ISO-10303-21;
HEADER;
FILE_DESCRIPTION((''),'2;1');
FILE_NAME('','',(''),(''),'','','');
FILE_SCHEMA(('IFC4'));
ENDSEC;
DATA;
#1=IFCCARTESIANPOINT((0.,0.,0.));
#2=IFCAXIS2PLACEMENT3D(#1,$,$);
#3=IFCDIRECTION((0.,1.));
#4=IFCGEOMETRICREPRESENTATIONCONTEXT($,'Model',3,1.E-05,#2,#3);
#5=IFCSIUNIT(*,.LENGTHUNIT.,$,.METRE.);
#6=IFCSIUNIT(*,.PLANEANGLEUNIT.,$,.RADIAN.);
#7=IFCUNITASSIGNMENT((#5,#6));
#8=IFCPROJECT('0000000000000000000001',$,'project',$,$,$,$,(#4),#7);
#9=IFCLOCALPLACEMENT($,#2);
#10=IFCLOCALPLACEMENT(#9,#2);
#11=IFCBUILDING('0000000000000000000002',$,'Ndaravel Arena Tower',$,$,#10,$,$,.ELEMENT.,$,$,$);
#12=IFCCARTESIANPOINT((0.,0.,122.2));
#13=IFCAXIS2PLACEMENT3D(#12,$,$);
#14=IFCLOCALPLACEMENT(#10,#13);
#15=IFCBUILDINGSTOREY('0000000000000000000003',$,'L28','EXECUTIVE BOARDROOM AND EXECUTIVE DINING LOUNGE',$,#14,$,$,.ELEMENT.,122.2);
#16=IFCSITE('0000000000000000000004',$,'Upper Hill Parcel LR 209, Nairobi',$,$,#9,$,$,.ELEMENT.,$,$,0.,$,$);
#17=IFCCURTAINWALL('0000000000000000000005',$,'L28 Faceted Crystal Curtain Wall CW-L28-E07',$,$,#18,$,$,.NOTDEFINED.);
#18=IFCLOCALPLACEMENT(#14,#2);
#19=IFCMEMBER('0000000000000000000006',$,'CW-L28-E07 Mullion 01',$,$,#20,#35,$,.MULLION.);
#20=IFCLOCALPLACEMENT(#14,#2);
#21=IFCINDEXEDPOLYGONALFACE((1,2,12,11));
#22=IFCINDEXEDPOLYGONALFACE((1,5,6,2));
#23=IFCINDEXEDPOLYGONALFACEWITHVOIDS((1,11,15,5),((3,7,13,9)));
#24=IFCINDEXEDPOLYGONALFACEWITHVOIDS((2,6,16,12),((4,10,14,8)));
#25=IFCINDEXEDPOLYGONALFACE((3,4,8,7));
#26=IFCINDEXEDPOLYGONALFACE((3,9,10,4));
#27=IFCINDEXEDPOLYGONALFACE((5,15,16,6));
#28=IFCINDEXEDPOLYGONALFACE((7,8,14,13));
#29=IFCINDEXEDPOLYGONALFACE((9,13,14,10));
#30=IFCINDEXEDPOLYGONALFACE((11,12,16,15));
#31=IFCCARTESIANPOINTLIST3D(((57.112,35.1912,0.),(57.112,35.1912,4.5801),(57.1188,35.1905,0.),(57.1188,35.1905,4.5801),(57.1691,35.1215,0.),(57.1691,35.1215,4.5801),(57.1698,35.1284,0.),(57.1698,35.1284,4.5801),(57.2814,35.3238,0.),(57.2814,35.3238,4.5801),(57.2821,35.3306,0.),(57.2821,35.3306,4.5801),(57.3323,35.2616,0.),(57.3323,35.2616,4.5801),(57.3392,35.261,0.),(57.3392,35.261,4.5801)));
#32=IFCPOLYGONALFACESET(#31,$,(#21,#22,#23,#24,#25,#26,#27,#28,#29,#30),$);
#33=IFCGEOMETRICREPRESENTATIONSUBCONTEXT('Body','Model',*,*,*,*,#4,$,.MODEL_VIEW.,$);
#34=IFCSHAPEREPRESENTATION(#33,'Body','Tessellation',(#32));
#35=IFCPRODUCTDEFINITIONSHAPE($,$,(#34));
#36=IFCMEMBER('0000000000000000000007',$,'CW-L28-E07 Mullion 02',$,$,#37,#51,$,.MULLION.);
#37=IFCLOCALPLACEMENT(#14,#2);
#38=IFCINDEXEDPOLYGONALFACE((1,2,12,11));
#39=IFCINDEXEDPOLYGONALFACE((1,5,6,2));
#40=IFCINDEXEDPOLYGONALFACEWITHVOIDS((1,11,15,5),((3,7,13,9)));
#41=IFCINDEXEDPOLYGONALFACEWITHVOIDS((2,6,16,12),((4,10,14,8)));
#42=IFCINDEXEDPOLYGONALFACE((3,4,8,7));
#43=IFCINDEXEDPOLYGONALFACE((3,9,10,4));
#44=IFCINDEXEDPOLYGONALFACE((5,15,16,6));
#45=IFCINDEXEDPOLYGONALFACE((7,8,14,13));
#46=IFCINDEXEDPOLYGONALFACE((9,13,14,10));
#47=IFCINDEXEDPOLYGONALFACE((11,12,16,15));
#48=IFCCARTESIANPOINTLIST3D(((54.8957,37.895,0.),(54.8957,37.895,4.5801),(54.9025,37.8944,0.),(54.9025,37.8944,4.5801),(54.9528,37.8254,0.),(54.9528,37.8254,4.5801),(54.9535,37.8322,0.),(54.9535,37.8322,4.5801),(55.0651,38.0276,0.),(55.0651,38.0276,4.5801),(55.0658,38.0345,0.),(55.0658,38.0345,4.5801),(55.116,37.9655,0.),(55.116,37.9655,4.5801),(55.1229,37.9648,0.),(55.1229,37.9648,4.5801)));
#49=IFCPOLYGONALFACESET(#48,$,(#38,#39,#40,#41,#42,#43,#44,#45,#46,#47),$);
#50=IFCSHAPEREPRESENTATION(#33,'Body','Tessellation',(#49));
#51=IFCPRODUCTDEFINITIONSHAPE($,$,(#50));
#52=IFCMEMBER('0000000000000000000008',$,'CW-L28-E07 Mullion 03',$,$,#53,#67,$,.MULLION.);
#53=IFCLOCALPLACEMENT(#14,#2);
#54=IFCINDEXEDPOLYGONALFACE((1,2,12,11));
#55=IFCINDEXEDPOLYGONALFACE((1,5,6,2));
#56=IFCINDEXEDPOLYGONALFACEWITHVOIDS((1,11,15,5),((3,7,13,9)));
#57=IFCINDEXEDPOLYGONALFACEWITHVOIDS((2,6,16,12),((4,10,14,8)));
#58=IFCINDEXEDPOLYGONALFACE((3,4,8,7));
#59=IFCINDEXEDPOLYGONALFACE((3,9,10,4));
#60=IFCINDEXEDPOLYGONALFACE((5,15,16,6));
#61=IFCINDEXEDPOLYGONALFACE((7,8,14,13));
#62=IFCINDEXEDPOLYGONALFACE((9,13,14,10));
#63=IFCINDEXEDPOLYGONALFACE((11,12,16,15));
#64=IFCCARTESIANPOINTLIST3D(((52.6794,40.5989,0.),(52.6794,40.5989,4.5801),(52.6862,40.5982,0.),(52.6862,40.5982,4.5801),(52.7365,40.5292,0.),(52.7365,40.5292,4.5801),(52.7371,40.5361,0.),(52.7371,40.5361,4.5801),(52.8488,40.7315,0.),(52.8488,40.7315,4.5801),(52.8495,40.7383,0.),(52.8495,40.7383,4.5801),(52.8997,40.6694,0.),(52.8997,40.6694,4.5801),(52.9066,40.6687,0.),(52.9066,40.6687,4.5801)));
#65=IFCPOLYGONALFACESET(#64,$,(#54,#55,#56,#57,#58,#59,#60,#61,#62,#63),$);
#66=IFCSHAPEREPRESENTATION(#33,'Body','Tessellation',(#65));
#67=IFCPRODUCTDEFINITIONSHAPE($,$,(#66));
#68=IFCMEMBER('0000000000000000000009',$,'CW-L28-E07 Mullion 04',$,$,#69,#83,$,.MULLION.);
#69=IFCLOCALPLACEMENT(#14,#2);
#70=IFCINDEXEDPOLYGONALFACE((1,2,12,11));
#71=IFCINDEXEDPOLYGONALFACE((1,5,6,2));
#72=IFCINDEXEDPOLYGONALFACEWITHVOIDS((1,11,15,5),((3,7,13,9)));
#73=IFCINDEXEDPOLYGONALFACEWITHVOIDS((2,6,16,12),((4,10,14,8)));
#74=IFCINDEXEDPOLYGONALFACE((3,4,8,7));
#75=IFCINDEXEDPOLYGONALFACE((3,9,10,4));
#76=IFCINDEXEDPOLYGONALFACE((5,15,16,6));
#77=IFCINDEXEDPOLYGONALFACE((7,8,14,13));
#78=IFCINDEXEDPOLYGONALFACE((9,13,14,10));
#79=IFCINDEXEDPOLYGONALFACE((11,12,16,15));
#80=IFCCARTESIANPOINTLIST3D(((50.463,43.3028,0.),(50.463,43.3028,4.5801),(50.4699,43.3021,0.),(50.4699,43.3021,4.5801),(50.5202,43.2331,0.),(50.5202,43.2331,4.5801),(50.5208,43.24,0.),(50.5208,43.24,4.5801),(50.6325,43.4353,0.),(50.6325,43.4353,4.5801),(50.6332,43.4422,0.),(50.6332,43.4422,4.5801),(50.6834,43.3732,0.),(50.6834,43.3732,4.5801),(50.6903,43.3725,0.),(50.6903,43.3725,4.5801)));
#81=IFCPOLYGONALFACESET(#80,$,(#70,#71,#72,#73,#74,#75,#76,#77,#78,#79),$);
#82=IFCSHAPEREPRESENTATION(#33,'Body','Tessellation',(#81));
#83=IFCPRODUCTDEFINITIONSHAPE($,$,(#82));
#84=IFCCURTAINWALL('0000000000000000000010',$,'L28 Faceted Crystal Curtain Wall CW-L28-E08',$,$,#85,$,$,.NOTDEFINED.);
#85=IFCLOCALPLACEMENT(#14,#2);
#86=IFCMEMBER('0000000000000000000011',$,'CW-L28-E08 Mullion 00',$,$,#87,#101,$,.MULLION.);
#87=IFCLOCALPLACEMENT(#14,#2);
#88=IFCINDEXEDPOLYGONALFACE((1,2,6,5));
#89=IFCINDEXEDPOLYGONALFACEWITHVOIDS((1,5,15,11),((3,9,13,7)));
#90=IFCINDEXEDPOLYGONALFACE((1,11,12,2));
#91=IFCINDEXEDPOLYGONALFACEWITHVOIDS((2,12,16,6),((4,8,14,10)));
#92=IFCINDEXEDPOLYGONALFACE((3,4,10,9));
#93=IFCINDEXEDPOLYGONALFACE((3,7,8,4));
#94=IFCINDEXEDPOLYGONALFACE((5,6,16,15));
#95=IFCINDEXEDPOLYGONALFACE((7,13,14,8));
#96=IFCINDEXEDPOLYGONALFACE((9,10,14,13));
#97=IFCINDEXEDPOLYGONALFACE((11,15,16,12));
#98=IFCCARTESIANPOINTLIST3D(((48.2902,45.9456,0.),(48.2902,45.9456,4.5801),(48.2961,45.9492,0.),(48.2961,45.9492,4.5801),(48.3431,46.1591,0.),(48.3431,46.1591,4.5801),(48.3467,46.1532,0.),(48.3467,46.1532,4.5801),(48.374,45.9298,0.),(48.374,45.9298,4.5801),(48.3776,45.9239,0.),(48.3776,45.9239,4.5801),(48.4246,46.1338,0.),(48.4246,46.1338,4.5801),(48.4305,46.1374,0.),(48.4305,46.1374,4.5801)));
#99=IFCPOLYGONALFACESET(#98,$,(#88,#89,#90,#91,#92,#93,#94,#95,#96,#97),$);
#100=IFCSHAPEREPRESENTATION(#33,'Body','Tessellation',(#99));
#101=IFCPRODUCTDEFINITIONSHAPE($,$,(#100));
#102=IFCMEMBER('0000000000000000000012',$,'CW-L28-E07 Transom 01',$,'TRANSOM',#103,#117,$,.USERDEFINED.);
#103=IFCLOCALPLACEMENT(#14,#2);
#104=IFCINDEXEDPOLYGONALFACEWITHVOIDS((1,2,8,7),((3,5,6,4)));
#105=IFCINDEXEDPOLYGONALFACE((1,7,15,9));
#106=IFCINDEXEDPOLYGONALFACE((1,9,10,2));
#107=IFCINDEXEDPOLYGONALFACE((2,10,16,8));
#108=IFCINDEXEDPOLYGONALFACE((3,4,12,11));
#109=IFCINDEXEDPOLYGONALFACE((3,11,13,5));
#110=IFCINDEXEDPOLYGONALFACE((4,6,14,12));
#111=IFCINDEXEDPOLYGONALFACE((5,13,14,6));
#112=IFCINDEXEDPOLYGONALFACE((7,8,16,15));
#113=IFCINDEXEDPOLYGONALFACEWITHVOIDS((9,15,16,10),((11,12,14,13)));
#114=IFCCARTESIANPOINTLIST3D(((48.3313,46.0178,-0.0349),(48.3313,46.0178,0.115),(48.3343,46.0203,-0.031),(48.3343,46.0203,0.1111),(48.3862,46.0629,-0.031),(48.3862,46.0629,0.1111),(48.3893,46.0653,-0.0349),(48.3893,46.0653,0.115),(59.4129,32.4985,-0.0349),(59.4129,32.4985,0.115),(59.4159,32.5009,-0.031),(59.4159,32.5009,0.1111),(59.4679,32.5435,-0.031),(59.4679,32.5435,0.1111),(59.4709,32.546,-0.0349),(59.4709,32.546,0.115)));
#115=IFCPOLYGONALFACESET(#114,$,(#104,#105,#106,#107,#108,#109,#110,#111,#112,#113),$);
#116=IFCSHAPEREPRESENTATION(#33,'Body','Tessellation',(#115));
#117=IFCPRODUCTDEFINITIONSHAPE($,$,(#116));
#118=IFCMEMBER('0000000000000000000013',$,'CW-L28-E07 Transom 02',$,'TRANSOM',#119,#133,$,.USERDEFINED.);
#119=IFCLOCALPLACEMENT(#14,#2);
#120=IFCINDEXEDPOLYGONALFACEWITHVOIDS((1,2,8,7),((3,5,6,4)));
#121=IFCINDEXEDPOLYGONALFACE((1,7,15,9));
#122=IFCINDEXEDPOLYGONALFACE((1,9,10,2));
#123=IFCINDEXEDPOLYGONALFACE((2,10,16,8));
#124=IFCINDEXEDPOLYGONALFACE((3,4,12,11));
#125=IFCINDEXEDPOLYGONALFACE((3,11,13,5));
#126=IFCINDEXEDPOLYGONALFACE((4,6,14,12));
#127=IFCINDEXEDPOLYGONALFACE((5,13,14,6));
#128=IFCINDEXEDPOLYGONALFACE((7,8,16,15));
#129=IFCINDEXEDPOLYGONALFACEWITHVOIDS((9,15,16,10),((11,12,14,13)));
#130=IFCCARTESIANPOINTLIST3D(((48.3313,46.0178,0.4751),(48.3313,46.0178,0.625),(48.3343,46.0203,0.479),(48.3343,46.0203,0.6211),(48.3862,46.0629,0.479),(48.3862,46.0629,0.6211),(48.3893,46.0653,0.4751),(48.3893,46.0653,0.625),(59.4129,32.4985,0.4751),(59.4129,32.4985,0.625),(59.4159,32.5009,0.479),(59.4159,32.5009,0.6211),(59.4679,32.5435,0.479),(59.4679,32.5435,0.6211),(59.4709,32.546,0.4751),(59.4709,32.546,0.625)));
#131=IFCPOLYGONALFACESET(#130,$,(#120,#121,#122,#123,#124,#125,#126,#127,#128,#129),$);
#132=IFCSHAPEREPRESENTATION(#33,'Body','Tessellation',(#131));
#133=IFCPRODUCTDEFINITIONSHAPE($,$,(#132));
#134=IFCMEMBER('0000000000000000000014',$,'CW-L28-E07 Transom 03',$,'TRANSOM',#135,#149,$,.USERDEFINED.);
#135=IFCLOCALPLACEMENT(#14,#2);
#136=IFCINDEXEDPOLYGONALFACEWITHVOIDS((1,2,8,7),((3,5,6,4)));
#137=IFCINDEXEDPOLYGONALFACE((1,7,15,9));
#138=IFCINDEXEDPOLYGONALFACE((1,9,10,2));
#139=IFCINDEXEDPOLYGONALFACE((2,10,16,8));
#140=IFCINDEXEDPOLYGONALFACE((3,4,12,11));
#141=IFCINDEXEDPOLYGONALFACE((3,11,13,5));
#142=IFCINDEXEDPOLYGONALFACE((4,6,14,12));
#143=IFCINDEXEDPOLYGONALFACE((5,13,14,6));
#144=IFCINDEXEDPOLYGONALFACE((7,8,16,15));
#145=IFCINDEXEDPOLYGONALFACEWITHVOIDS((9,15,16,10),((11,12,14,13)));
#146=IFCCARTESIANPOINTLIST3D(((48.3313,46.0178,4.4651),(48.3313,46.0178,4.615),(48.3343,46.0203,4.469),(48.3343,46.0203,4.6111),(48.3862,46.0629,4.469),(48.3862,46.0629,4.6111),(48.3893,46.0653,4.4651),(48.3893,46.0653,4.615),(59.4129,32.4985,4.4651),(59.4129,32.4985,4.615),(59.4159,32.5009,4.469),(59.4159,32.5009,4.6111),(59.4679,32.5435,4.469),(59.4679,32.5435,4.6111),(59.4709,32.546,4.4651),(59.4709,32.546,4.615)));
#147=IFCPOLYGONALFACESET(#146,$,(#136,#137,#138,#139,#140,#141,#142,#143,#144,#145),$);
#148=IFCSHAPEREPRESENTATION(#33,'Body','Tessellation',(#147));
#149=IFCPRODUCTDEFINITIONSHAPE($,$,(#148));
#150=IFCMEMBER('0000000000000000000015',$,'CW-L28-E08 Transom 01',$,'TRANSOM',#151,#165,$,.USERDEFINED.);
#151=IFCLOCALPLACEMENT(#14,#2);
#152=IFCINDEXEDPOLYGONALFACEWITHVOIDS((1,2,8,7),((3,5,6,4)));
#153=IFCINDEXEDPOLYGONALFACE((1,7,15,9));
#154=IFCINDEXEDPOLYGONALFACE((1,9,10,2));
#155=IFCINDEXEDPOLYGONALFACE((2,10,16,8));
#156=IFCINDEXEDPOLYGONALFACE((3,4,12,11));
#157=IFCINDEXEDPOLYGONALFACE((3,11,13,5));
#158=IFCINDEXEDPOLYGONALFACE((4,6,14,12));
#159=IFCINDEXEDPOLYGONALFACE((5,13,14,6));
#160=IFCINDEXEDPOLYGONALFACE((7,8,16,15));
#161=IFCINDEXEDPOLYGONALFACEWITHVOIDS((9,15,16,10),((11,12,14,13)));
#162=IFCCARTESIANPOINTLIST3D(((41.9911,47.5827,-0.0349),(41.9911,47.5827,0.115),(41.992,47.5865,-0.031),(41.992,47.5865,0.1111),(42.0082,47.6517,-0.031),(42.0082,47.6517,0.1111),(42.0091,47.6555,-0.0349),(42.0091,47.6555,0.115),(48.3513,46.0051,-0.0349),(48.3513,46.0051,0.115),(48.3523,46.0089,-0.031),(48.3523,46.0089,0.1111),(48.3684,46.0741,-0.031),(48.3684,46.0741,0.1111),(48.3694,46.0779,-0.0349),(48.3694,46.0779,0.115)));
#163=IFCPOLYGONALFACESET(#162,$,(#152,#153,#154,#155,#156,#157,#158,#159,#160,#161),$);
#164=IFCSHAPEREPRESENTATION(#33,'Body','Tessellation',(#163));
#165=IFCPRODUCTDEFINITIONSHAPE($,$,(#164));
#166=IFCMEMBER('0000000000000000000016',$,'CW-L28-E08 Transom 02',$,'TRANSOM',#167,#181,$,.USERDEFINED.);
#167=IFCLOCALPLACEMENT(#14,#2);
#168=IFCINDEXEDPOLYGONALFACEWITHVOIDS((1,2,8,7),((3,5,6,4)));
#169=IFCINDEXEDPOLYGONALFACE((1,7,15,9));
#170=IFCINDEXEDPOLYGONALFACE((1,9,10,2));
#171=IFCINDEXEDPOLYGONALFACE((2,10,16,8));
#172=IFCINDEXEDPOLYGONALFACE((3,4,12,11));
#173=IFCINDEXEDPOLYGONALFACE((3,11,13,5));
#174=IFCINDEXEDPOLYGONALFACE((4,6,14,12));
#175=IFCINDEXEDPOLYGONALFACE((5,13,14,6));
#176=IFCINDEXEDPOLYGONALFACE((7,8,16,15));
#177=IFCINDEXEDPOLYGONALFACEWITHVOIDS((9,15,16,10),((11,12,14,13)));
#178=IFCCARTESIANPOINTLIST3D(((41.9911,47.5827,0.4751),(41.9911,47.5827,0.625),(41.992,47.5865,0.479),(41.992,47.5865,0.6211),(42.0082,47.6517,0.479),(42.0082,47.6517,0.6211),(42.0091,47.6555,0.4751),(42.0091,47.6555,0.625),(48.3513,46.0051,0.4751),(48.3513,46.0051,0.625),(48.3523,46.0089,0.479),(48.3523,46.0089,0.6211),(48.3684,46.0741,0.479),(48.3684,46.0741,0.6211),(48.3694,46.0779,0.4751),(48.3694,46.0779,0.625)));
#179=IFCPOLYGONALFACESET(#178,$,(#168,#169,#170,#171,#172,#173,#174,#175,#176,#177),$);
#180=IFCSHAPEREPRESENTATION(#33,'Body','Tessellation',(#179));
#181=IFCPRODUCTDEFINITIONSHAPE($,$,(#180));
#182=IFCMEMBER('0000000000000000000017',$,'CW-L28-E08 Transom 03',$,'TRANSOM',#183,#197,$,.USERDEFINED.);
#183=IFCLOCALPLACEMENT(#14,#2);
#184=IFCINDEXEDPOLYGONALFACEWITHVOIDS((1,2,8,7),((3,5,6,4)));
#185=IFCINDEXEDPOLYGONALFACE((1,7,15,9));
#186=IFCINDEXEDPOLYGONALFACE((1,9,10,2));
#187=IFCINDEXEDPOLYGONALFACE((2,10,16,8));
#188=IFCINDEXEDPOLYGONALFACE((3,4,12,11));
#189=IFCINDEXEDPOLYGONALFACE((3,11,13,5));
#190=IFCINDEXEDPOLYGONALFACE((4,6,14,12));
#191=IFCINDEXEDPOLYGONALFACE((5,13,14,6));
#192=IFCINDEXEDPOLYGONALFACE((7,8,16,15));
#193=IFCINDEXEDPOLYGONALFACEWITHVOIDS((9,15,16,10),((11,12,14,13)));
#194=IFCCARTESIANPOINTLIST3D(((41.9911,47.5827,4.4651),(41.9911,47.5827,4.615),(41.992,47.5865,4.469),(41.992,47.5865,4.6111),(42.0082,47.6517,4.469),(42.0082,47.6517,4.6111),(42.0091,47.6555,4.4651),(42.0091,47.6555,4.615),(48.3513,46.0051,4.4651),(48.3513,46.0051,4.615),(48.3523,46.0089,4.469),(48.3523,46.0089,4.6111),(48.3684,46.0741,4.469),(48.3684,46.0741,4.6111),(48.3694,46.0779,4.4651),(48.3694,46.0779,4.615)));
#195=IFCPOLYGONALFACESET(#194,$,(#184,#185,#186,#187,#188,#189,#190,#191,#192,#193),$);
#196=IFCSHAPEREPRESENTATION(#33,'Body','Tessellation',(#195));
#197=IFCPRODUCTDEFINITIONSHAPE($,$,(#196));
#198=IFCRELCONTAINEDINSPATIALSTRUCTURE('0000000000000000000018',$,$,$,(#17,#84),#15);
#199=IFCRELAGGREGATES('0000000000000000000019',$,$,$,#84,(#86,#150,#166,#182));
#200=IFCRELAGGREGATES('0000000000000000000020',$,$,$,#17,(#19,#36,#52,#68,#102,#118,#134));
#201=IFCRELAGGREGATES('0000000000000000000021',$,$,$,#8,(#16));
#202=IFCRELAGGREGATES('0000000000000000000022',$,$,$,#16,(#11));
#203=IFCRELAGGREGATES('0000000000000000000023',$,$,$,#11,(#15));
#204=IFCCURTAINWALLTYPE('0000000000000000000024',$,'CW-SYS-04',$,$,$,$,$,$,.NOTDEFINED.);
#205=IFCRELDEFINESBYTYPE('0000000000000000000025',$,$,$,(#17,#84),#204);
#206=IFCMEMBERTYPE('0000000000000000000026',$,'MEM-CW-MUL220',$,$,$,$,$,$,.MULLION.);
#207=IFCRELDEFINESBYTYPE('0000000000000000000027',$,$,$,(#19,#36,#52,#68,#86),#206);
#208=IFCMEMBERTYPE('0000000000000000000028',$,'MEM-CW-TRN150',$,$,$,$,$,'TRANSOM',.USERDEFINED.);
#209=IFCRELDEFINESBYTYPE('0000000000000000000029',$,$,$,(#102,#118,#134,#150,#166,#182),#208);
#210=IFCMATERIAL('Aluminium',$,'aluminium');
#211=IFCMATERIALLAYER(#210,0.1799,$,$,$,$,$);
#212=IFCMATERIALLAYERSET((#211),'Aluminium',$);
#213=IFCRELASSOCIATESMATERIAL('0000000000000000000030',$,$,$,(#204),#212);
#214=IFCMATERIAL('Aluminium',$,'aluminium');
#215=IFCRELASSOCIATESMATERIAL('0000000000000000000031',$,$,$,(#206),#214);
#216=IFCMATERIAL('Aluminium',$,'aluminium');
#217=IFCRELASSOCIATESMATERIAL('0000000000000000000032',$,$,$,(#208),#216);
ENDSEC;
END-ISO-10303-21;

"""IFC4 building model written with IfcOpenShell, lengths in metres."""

from ifc_helpers import new_model, si_unit, direction, frame, origin, origin_2d, place, context, subcontext, project, spatial, hollow_rectangle, extrude, material, layer, layer_set, material_profile, profile_set, type_object, element, aggregate, save


model = new_model("IFC4")

# Units and contexts
model_context = context("Model", 3, precision=1e-05, world=origin(), true_north=direction((0.0, 1.0)))
body_context = subcontext(model_context, "Body", "Model", "MODEL_VIEW")
ifc_project = project(units=[si_unit("LENGTHUNIT", "METRE"), si_unit("PLANEANGLEUNIT", "RADIAN")], contexts=[model_context])

# Site, building, storey
site_placement = place(None, origin())
site = spatial("IfcSite", under=ifc_project, at=site_placement, Name="Upper Hill Parcel LR 209, Nairobi", CompositionType="ELEMENT", RefElevation=0.0)
building_placement = place(site_placement, origin())
building = spatial("IfcBuilding", under=site, at=building_placement, Name="Ndaravel Arena Tower", CompositionType="ELEMENT")
storey_placement = place(building_placement, frame((0.0, 0.0, 122.2)))
storey = spatial("IfcBuildingStorey", under=building, at=storey_placement, Name="L28", Description="EXECUTIVE BOARDROOM AND EXECUTIVE DINING LOUNGE", CompositionType="ELEMENT", Elevation=122.2)

# Curtain wall, members
ifc_material_1 = material(Name="Aluminium", Category="aluminium")
ifc_layer_1 = layer(ifc_material_1, 0.1799)
ifc_layer_set_1 = layer_set([ifc_layer_1], Name="Aluminium")
curtain_wall_type = type_object("IfcCurtainWallType", Name="CW-SYS-04", PredefinedType="NOTDEFINED", material=ifc_layer_set_1)
curtain_wall_1_placement = place(storey_placement, origin())
curtain_wall_1 = element("IfcCurtainWall", 1, at=curtain_wall_1_placement, inside=storey, type_object=curtain_wall_type, Name="L28 Faceted Crystal Curtain Wall CW-L28-E07", PredefinedType="NOTDEFINED")
ifc_material_2 = material(Name="Aluminium", Category="aluminium")
ifc_material_profile_1 = material_profile(ifc_material_2, hollow_rectangle(XDim=0.0901, YDim=0.22, WallThickness=0.0049, at=origin_2d()), Name="CW MULLION 90x220x5")
ifc_profile_set_1 = profile_set([ifc_material_profile_1], Name="Aluminium")
member_type_1 = type_object("IfcMemberType", Name="MEM-CW-MUL220", PredefinedType="MULLION", material=ifc_profile_set_1)
member_1_placement = place(storey_placement, frame((57.2256, 35.2261, 0.0), z_axis=(0.0, 0.0, 1.0), x_axis=(-0.633934, 0.773387, 0.0)))
member_1 = element("IfcMember", 2, at=member_1_placement, type_object=member_type_1, Name="CW-L28-E07 Mullion 01", PredefinedType="MULLION", context=body_context, shape_type="SweptSolid", body=[
    extrude(hollow_rectangle(XDim=0.0901, YDim=0.22, WallThickness=0.0049, at=origin_2d()), origin(), (0.0, 0.0, 1.0), 4.5801),
])
member_2_placement = place(storey_placement, frame((55.0093, 37.9299, 0.0), z_axis=(0.0, 0.0, 1.0), x_axis=(-0.633934, 0.773387, 0.0)))
member_2 = element("IfcMember", 3, at=member_2_placement, type_object=member_type_1, Name="CW-L28-E07 Mullion 02", PredefinedType="MULLION", context=body_context, shape_type="SweptSolid", body=[
    extrude(hollow_rectangle(XDim=0.0901, YDim=0.22, WallThickness=0.0049, at=origin_2d()), origin(), (0.0, 0.0, 1.0), 4.5801),
])
member_3_placement = place(storey_placement, frame((52.793, 40.6338, 0.0), z_axis=(0.0, 0.0, 1.0), x_axis=(-0.633934, 0.773387, 0.0)))
member_3 = element("IfcMember", 4, at=member_3_placement, type_object=member_type_1, Name="CW-L28-E07 Mullion 03", PredefinedType="MULLION", context=body_context, shape_type="SweptSolid", body=[
    extrude(hollow_rectangle(XDim=0.0901, YDim=0.22, WallThickness=0.0049, at=origin_2d()), origin(), (0.0, 0.0, 1.0), 4.5801),
])
member_4_placement = place(storey_placement, frame((50.5767, 43.3376, 0.0), z_axis=(0.0, 0.0, 1.0), x_axis=(-0.633934, 0.773387, 0.0)))
member_4 = element("IfcMember", 5, at=member_4_placement, type_object=member_type_1, Name="CW-L28-E07 Mullion 04", PredefinedType="MULLION", context=body_context, shape_type="SweptSolid", body=[
    extrude(hollow_rectangle(XDim=0.0901, YDim=0.22, WallThickness=0.0049, at=origin_2d()), origin(), (0.0, 0.0, 1.0), 4.5801),
])

# Curtain wall, member
curtain_wall_2_placement = place(storey_placement, origin())
curtain_wall_2 = element("IfcCurtainWall", 6, at=curtain_wall_2_placement, inside=storey, type_object=curtain_wall_type, Name="L28 Faceted Crystal Curtain Wall CW-L28-E08", PredefinedType="NOTDEFINED")
member_5_placement = place(storey_placement, frame((48.3604, 46.0415, 0.0), z_axis=(0.0, 0.0, 1.0), x_axis=(-0.970586, 0.240753, 0.0)))
member_5 = element("IfcMember", 7, at=member_5_placement, type_object=member_type_1, Name="CW-L28-E08 Mullion 00", PredefinedType="MULLION", context=body_context, shape_type="SweptSolid", body=[
    extrude(hollow_rectangle(XDim=0.0901, YDim=0.22, WallThickness=0.0049, at=origin_2d()), origin(), (0.0, 0.0, 1.0), 4.5801),
])

# Members
ifc_material_3 = material(Name="Aluminium", Category="aluminium")
ifc_material_profile_2 = material_profile(ifc_material_3, hollow_rectangle(XDim=0.075, YDim=0.1499, WallThickness=0.0039, at=origin_2d()), Name="CW TRANSOM 75x150x4")
ifc_profile_set_2 = profile_set([ifc_material_profile_2], Name="Aluminium")
member_type_2 = type_object("IfcMemberType", Name="MEM-CW-TRN150", ElementType="TRANSOM", PredefinedType="USERDEFINED", material=ifc_profile_set_2)
member_6_placement = place(storey_placement, frame((59.4419, 32.5222, 0.04), z_axis=(-0.633933, 0.773388, 0.0), x_axis=(-0.773388, -0.633933, 0.0)))
member_6 = element("IfcMember", 8, at=member_6_placement, type_object=member_type_2, Name="CW-L28-E07 Transom 01", ObjectType="TRANSOM", PredefinedType="USERDEFINED", context=body_context, shape_type="SweptSolid", body=[
    extrude(hollow_rectangle(XDim=0.075, YDim=0.1499, WallThickness=0.0039, at=origin_2d()), origin(), (0.0, 0.0, 1.0), 17.4807),
])
member_7_placement = place(storey_placement, frame((59.4419, 32.5222, 0.55), z_axis=(-0.633933, 0.773388, 0.0), x_axis=(-0.773388, -0.633933, 0.0)))
member_7 = element("IfcMember", 9, at=member_7_placement, type_object=member_type_2, Name="CW-L28-E07 Transom 02", ObjectType="TRANSOM", PredefinedType="USERDEFINED", context=body_context, shape_type="SweptSolid", body=[
    extrude(hollow_rectangle(XDim=0.075, YDim=0.1499, WallThickness=0.0039, at=origin_2d()), origin(), (0.0, 0.0, 1.0), 17.4807),
])
member_8_placement = place(storey_placement, frame((59.4419, 32.5222, 4.54), z_axis=(-0.633933, 0.773388, 0.0), x_axis=(-0.773388, -0.633933, 0.0)))
member_8 = element("IfcMember", 10, at=member_8_placement, type_object=member_type_2, Name="CW-L28-E07 Transom 03", ObjectType="TRANSOM", PredefinedType="USERDEFINED", context=body_context, shape_type="SweptSolid", body=[
    extrude(hollow_rectangle(XDim=0.075, YDim=0.1499, WallThickness=0.0039, at=origin_2d()), origin(), (0.0, 0.0, 1.0), 17.4807),
])
member_9_placement = place(storey_placement, frame((48.3604, 46.0415, 0.04), z_axis=(-0.970588, 0.240747, 0.0), x_axis=(-0.240747, -0.970588, 0.0)))
member_9 = element("IfcMember", 11, at=member_9_placement, type_object=member_type_2, Name="CW-L28-E08 Transom 01", ObjectType="TRANSOM", PredefinedType="USERDEFINED", context=body_context, shape_type="SweptSolid", body=[
    extrude(hollow_rectangle(XDim=0.075, YDim=0.1499, WallThickness=0.0039, at=origin_2d()), origin(), (0.0, 0.0, 1.0), 6.553),
])
member_10_placement = place(storey_placement, frame((48.3604, 46.0415, 0.55), z_axis=(-0.970588, 0.240747, 0.0), x_axis=(-0.240747, -0.970588, 0.0)))
member_10 = element("IfcMember", 12, at=member_10_placement, type_object=member_type_2, Name="CW-L28-E08 Transom 02", ObjectType="TRANSOM", PredefinedType="USERDEFINED", context=body_context, shape_type="SweptSolid", body=[
    extrude(hollow_rectangle(XDim=0.075, YDim=0.1499, WallThickness=0.0039, at=origin_2d()), origin(), (0.0, 0.0, 1.0), 6.553),
])
member_11_placement = place(storey_placement, frame((48.3604, 46.0415, 4.54), z_axis=(-0.970588, 0.240747, 0.0), x_axis=(-0.240747, -0.970588, 0.0)))
member_11 = element("IfcMember", 13, at=member_11_placement, type_object=member_type_2, Name="CW-L28-E08 Transom 03", ObjectType="TRANSOM", PredefinedType="USERDEFINED", context=body_context, shape_type="SweptSolid", body=[
    extrude(hollow_rectangle(XDim=0.075, YDim=0.1499, WallThickness=0.0039, at=origin_2d()), origin(), (0.0, 0.0, 1.0), 6.553),
])
aggregate(curtain_wall_2, [member_5, member_9, member_10, member_11])

aggregate(curtain_wall_1, [member_1, member_2, member_3, member_4, member_6, member_7, member_8])

save(model, "model.ifc")
